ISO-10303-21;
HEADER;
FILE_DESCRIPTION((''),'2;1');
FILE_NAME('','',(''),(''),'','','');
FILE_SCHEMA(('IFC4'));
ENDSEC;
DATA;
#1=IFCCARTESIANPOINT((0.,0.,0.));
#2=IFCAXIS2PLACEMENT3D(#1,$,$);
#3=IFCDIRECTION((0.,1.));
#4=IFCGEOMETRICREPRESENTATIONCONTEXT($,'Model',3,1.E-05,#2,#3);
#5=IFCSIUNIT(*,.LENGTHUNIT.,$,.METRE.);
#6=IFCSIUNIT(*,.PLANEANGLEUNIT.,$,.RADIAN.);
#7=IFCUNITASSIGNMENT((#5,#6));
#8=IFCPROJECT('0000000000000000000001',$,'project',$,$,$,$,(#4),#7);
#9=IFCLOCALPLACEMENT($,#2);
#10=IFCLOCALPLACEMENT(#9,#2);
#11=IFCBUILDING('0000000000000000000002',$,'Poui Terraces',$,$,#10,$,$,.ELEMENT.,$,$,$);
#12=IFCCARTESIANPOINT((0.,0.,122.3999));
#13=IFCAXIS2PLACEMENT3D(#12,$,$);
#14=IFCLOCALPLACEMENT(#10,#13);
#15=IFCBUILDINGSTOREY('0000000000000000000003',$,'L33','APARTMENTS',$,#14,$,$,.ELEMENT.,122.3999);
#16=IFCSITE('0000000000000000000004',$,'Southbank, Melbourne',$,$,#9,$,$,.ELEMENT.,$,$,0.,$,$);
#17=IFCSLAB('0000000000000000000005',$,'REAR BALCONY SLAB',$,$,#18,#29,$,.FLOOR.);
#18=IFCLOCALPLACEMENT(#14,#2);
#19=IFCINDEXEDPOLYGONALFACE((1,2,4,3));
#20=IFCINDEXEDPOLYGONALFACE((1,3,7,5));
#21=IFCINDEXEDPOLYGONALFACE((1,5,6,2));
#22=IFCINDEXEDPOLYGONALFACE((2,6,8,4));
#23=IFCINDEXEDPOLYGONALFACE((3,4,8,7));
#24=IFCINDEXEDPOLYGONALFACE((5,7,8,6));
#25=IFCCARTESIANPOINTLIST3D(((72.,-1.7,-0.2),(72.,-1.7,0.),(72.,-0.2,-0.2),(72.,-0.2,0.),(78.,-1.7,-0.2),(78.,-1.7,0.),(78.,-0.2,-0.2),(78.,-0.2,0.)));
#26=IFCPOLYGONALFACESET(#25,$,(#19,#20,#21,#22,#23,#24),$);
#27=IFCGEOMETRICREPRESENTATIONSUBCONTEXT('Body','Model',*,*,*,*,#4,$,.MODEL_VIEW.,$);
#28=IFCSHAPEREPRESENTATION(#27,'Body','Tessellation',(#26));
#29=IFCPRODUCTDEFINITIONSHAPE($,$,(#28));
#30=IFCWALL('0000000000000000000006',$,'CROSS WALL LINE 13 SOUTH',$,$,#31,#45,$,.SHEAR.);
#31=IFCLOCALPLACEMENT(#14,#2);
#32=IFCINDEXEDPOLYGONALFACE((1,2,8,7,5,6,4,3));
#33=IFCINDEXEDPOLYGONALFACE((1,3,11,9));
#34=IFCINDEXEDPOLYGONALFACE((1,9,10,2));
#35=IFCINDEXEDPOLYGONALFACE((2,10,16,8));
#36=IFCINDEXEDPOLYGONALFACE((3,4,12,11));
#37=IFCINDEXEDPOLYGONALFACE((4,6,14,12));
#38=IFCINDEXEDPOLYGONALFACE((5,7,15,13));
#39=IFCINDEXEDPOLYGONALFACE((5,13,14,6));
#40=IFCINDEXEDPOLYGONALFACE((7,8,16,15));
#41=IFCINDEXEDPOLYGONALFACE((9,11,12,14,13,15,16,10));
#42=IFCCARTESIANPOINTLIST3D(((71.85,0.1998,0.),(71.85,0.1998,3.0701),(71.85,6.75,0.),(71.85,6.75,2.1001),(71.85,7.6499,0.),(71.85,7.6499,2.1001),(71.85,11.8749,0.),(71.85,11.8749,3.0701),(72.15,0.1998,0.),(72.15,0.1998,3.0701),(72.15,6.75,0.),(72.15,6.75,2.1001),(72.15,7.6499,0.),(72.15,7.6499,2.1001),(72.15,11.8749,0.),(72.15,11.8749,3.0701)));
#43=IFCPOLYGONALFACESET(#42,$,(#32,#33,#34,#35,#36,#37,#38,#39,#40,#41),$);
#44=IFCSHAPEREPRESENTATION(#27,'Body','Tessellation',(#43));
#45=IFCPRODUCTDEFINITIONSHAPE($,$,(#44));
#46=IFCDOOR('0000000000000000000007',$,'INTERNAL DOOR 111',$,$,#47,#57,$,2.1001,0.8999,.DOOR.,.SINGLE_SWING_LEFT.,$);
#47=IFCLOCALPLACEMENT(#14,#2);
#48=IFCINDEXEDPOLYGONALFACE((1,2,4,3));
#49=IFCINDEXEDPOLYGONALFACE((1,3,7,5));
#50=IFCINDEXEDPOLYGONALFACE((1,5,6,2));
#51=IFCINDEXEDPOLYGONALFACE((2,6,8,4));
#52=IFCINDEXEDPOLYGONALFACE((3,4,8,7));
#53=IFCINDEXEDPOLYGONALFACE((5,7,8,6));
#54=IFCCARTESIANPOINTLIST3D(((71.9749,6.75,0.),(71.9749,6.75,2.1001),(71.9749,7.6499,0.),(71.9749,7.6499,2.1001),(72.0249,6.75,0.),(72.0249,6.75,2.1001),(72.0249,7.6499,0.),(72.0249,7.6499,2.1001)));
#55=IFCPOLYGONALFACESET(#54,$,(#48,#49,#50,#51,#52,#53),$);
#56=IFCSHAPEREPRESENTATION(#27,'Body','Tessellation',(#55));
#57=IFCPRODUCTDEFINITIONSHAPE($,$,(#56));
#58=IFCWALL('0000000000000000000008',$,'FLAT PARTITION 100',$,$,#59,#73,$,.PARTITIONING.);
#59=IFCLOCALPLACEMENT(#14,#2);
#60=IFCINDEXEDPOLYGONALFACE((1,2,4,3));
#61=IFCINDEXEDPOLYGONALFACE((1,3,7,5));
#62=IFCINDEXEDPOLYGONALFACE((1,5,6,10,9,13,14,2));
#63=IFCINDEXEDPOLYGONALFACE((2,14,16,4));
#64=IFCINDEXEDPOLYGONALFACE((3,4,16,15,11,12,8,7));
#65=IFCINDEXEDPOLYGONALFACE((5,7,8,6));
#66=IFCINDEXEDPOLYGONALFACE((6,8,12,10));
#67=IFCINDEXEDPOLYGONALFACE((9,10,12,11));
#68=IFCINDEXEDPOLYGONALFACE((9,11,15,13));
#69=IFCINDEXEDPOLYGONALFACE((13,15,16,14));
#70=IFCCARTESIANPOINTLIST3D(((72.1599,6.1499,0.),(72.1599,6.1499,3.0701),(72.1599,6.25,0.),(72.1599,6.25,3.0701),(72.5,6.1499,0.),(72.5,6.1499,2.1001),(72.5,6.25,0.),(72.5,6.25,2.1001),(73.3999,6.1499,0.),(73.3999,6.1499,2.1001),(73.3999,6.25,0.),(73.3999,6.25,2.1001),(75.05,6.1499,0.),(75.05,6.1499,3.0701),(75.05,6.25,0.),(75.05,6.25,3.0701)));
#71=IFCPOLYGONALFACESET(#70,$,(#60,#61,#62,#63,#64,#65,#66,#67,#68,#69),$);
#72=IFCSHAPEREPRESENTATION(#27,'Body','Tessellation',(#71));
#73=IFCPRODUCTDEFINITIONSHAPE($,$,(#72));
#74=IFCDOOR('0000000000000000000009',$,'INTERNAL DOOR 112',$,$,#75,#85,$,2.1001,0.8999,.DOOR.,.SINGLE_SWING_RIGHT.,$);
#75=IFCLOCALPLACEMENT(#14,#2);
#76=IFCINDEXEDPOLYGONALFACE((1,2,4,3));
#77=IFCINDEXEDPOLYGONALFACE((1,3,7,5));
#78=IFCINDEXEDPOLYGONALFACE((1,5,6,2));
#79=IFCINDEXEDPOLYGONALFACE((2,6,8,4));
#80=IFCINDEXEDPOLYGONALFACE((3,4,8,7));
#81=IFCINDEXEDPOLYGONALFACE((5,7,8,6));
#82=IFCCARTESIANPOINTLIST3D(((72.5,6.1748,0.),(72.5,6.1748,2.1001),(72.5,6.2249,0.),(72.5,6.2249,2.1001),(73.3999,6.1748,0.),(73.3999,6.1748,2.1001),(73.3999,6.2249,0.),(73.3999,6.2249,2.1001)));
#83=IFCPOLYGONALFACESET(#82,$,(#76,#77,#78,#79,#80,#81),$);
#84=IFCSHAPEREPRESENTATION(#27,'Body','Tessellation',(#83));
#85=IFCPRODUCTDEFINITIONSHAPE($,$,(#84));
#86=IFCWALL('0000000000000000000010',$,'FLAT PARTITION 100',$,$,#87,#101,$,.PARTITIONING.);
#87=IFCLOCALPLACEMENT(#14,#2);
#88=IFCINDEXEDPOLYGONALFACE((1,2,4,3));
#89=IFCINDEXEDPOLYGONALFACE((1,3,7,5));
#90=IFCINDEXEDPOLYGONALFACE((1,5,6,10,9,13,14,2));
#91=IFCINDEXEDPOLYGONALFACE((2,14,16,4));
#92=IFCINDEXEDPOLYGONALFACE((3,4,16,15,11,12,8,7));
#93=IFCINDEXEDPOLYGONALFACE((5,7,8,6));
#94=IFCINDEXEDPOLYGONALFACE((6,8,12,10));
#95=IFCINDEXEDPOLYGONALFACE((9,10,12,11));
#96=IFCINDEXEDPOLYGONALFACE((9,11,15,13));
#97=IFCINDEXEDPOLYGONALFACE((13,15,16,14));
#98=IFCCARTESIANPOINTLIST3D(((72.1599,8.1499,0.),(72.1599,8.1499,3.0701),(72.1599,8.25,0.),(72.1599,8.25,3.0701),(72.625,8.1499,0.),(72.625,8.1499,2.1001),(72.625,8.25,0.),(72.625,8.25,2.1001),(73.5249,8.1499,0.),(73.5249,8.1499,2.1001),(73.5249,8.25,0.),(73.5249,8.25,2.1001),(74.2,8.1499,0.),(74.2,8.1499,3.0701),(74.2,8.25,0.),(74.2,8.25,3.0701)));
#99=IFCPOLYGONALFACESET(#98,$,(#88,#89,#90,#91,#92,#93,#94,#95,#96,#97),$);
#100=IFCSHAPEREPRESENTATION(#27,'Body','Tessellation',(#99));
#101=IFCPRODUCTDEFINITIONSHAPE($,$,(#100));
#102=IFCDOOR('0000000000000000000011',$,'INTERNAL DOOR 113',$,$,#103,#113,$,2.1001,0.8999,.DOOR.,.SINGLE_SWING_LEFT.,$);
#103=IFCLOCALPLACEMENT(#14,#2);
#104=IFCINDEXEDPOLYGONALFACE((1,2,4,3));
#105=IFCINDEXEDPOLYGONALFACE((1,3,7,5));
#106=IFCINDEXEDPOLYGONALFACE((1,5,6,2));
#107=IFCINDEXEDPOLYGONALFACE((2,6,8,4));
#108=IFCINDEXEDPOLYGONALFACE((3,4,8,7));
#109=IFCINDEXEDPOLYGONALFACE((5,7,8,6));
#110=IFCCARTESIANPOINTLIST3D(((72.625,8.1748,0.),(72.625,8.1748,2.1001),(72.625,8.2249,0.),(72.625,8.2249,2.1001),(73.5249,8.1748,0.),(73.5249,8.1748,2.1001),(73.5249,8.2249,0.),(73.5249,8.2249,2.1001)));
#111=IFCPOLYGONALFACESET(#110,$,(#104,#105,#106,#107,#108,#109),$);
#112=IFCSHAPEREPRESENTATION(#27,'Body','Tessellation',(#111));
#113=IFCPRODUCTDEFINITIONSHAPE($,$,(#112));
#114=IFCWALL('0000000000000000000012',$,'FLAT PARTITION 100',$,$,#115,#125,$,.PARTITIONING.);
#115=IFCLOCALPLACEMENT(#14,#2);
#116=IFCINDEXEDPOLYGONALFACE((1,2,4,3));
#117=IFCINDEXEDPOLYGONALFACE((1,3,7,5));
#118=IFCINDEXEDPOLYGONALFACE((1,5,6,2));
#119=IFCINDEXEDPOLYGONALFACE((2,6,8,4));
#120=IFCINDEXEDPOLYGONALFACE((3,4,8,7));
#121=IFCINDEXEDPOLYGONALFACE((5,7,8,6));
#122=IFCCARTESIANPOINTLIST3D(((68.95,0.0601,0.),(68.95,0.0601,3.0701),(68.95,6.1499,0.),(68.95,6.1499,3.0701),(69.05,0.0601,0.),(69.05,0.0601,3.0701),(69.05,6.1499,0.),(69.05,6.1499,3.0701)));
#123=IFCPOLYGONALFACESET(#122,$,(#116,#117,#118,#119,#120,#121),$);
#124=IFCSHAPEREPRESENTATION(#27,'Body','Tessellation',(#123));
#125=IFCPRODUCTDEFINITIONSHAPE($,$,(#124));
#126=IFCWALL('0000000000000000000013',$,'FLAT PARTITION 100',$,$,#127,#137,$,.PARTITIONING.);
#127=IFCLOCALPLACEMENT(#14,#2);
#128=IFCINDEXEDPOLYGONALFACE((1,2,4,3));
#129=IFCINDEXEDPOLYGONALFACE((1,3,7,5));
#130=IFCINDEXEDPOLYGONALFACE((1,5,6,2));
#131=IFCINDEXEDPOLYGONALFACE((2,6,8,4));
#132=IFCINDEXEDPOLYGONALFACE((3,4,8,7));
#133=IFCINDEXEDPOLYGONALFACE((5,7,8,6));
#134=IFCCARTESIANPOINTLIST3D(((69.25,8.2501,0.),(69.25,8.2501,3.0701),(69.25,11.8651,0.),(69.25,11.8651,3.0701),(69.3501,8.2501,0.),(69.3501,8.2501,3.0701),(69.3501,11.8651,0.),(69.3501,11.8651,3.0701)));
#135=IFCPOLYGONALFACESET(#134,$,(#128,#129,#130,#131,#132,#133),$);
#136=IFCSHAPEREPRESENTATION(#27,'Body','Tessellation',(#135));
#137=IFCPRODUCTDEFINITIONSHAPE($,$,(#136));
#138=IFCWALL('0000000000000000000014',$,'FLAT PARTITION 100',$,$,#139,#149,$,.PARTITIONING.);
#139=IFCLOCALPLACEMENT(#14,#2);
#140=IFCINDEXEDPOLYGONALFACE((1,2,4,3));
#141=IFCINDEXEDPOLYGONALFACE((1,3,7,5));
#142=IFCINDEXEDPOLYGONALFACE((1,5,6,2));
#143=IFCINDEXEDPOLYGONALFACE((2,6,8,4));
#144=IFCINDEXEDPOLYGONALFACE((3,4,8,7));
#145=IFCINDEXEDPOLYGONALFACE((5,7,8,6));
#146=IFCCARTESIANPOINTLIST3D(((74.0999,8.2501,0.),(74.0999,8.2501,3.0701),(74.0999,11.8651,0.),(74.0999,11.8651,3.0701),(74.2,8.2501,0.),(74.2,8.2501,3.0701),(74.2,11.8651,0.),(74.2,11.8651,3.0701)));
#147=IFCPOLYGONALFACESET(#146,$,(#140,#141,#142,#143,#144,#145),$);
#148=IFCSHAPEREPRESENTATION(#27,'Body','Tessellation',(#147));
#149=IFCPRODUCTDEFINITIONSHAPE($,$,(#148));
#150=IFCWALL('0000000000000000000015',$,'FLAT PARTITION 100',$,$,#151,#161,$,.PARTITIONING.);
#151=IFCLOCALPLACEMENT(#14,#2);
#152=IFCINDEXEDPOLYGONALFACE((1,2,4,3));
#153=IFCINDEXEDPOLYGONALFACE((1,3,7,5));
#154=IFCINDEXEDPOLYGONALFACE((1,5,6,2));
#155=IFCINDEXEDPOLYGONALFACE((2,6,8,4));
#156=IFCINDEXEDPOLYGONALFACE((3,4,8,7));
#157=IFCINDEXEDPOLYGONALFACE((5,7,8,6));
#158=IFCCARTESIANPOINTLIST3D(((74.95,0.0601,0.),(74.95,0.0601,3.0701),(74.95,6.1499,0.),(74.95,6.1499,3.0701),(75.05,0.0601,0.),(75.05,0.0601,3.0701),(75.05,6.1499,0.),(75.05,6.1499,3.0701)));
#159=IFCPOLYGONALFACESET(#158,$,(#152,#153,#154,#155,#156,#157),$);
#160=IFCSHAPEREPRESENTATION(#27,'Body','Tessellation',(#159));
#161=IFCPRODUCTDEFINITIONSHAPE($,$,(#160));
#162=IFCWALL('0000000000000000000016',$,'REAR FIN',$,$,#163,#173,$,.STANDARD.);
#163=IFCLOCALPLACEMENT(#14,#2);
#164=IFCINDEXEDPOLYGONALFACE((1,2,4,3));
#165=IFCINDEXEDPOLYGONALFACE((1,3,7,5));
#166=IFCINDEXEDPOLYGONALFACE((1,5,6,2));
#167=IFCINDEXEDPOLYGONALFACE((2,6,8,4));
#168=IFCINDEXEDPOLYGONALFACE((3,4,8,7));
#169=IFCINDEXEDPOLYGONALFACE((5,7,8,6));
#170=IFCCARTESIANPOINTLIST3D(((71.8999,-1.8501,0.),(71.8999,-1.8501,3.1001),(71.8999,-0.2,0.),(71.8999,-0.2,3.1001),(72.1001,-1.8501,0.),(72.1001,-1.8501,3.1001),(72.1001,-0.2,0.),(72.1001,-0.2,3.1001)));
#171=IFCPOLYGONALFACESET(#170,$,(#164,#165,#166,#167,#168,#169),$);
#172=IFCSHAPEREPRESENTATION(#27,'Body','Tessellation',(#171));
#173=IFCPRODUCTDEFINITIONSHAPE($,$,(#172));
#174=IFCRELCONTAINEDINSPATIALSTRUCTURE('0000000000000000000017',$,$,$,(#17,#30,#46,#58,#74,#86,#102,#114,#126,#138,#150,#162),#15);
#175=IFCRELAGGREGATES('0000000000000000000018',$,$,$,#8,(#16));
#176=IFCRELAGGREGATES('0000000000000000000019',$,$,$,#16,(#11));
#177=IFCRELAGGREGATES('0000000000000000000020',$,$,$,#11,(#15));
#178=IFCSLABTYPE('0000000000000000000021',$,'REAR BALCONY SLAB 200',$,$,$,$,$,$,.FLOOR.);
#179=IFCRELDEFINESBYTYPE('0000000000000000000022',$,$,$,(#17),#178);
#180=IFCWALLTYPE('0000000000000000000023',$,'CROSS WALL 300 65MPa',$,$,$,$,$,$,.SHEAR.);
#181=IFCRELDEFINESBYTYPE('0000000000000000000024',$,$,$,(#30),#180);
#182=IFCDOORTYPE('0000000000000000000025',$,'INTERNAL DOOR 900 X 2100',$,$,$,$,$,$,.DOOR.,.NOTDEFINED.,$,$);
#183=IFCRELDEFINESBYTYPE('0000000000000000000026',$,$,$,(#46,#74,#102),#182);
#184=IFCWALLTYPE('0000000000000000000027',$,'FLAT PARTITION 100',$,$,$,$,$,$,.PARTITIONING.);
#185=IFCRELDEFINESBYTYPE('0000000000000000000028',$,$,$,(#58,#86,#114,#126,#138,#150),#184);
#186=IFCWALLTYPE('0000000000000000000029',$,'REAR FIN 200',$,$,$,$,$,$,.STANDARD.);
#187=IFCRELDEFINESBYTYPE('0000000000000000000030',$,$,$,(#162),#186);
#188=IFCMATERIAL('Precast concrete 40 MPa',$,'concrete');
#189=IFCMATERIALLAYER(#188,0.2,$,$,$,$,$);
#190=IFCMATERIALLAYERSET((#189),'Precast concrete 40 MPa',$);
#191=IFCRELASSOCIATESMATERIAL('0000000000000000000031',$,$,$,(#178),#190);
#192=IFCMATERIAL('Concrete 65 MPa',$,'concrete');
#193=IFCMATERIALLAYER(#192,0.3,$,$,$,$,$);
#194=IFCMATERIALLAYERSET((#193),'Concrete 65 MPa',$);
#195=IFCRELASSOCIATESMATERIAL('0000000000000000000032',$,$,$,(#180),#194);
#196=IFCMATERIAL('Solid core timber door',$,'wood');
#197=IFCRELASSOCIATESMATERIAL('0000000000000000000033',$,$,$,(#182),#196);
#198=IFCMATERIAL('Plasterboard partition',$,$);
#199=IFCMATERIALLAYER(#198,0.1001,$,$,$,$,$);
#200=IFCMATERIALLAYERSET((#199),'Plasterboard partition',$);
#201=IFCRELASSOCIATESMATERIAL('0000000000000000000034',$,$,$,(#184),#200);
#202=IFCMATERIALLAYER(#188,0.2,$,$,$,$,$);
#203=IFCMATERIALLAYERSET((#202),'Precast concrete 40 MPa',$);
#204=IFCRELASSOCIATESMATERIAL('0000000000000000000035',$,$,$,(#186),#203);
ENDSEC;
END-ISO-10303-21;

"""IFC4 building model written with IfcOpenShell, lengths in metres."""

from ifc_helpers import new_model, si_unit, direction, frame, frame_2d, origin, place, context, subcontext, project, spatial, polyline, rectangle, outline, extrude, source, transform, mapped, material, layer, layer_set, type_object, element, fill, save


model = new_model("IFC4")

# Units and contexts
model_context = context("Model", 3, precision=1e-05, world=origin(), true_north=direction((0.0, 1.0)))
body_context = subcontext(model_context, "Body", "Model", "MODEL_VIEW")
ifc_project = project(units=[si_unit("LENGTHUNIT", "METRE"), si_unit("PLANEANGLEUNIT", "RADIAN")], contexts=[model_context])

# Site, building, storey
site_placement = place(None, origin())
site = spatial("IfcSite", under=ifc_project, at=site_placement, Name="Southbank, Melbourne", CompositionType="ELEMENT", RefElevation=0.0)
building_placement = place(site_placement, origin())
building = spatial("IfcBuilding", under=site, at=building_placement, Name="Poui Terraces", CompositionType="ELEMENT")
storey_placement = place(building_placement, frame((0.0, 0.0, 122.3999)))
storey = spatial("IfcBuildingStorey", under=building, at=storey_placement, Name="L33", Description="APARTMENTS", CompositionType="ELEMENT", Elevation=122.3999)

# Slab
ifc_material_1 = material(Name="Precast concrete 40 MPa", Category="concrete")
ifc_layer_1 = layer(ifc_material_1, 0.2)
ifc_layer_set_1 = layer_set([ifc_layer_1], Name="Precast concrete 40 MPa")
slab_type = type_object("IfcSlabType", Name="REAR BALCONY SLAB 200", PredefinedType="FLOOR", material=ifc_layer_set_1)
shared_shape_1 = source(origin(), body_context, "Body", "SweptSolid", [
    extrude(outline(polyline([(0.0, 0.0), (6.0, 0.0), (6.0, 1.5), (0.0, 1.5), (0.0, 0.0)])), origin(), (0.0, 0.0, 1.0), 0.2),
])
slab_placement = place(storey_placement, frame((72.0, -1.7, -0.2)))
element("IfcSlab", 1, at=slab_placement, inside=storey, type_object=slab_type, Name="REAR BALCONY SLAB", PredefinedType="FLOOR", context=body_context, shape_type="MappedRepresentation", body=[
    mapped(shared_shape_1, transform((0.0, 0.0, 0.0))),
])

# Walls, openings, doors
ifc_material_2 = material(Name="Concrete 65 MPa", Category="concrete")
ifc_layer_2 = layer(ifc_material_2, 0.3)
ifc_layer_set_2 = layer_set([ifc_layer_2], Name="Concrete 65 MPa")
wall_type_1 = type_object("IfcWallType", Name="CROSS WALL 300 65MPa", PredefinedType="SHEAR", material=ifc_layer_set_2)
wall_1_placement = place(storey_placement, frame((72.0, 0.2, 0.0), z_axis=(0.0, 0.0, 1.0), x_axis=(0.0, 1.0, 0.0)))
wall_1 = element("IfcWall", 2, at=wall_1_placement, inside=storey, type_object=wall_type_1, Name="CROSS WALL LINE 13 SOUTH", PredefinedType="SHEAR", context=body_context, shape_type="SweptSolid", body=[
    extrude(rectangle(XDim=11.675, YDim=0.3, at=frame_2d((5.8374, 0.0))), origin(), (0.0, 0.0, 1.0), 3.0701),
])
opening_1_placement = place(wall_1_placement, frame((6.55, 0.0, 0.0)))
opening_1 = element("IfcOpeningElement", 3, at=opening_1_placement, cuts=wall_1, PredefinedType="OPENING", context=body_context, shape_type="SweptSolid", body=[
    extrude(rectangle(XDim=0.8999, YDim=2.1001, at=frame_2d((0.45, 1.05))), frame((0.0, 0.1602, 0.0), z_axis=(0.0, -1.0, 0.0), x_axis=(1.0, 0.0, 0.0)), (0.0, 0.0, 1.0), 0.3201),
])
ifc_material_3 = material(Name="Solid core timber door", Category="wood")
door_type = type_object("IfcDoorType", Name="INTERNAL DOOR 900 X 2100", OperationType="NOTDEFINED", PredefinedType="DOOR", material=ifc_material_3)
door_1_placement = place(opening_1_placement, frame((0.8999, 0.0, 0.0), z_axis=(0.0, 0.0, 1.0), x_axis=(-1.0, 0.0, 0.0)))
door_1 = element("IfcDoor", 4, at=door_1_placement, inside=storey, type_object=door_type, Name="INTERNAL DOOR 111", OperationType="SINGLE_SWING_LEFT", OverallHeight=2.1001, OverallWidth=0.8999, PredefinedType="DOOR", context=body_context, shape_type="SweptSolid", body=[
    extrude(rectangle(XDim=0.8999, YDim=2.1001, at=frame_2d((0.45, 1.05))), frame((0.0, 0.0249, 0.0), z_axis=(0.0, -1.0, 0.0), x_axis=(1.0, 0.0, 0.0)), (0.0, 0.0, 1.0), 0.05),
])
fill(opening_1, door_1)
ifc_material_4 = material(Name="Plasterboard partition")
ifc_layer_3 = layer(ifc_material_4, 0.1001)
ifc_layer_set_3 = layer_set([ifc_layer_3], Name="Plasterboard partition")
wall_type_2 = type_object("IfcWallType", Name="FLAT PARTITION 100", PredefinedType="PARTITIONING", material=ifc_layer_set_3)
wall_2_placement = place(storey_placement, frame((72.1599, 6.2, 0.0), z_axis=(0.0, 0.0, 1.0), x_axis=(1.0, 0.0, 0.0)))
wall_2 = element("IfcWall", 5, at=wall_2_placement, inside=storey, type_object=wall_type_2, Name="FLAT PARTITION 100", PredefinedType="PARTITIONING", context=body_context, shape_type="SweptSolid", body=[
    extrude(rectangle(XDim=2.8901, YDim=0.1001, at=frame_2d((1.4451, 0.0))), origin(), (0.0, 0.0, 1.0), 3.0701),
])
opening_2_placement = place(wall_2_placement, frame((0.3401, 0.0, 0.0)))
opening_2 = element("IfcOpeningElement", 6, at=opening_2_placement, cuts=wall_2, PredefinedType="OPENING", context=body_context, shape_type="SweptSolid", body=[
    extrude(rectangle(XDim=0.8999, YDim=2.1001, at=frame_2d((0.45, 1.05))), frame((0.0, 0.0601, 0.0), z_axis=(0.0, -1.0, 0.0), x_axis=(1.0, 0.0, 0.0)), (0.0, 0.0, 1.0), 0.1201),
])
door_2_placement = place(opening_2_placement, origin())
door_2 = element("IfcDoor", 7, at=door_2_placement, inside=storey, type_object=door_type, Name="INTERNAL DOOR 112", OperationType="SINGLE_SWING_RIGHT", OverallHeight=2.1001, OverallWidth=0.8999, PredefinedType="DOOR", context=body_context, shape_type="SweptSolid", body=[
    extrude(rectangle(XDim=0.8999, YDim=2.1001, at=frame_2d((0.45, 1.05))), frame((0.0, 0.0249, 0.0), z_axis=(0.0, -1.0, 0.0), x_axis=(1.0, 0.0, 0.0)), (0.0, 0.0, 1.0), 0.05),
])
fill(opening_2, door_2)
wall_3_placement = place(storey_placement, frame((72.1599, 8.2, 0.0), z_axis=(0.0, 0.0, 1.0), x_axis=(1.0, 0.0, 0.0)))
wall_3 = element("IfcWall", 8, at=wall_3_placement, inside=storey, type_object=wall_type_2, Name="FLAT PARTITION 100", PredefinedType="PARTITIONING", context=body_context, shape_type="SweptSolid", body=[
    extrude(rectangle(XDim=2.04, YDim=0.1001, at=frame_2d((1.02, 0.0))), origin(), (0.0, 0.0, 1.0), 3.0701),
])
opening_3_placement = place(wall_3_placement, frame((0.4651, 0.0, 0.0)))
opening_3 = element("IfcOpeningElement", 9, at=opening_3_placement, cuts=wall_3, PredefinedType="OPENING", context=body_context, shape_type="SweptSolid", body=[
    extrude(rectangle(XDim=0.8999, YDim=2.1001, at=frame_2d((0.45, 1.05))), frame((0.0, 0.0601, 0.0), z_axis=(0.0, -1.0, 0.0), x_axis=(1.0, 0.0, 0.0)), (0.0, 0.0, 1.0), 0.1201),
])
door_3_placement = place(opening_3_placement, origin())
door_3 = element("IfcDoor", 10, at=door_3_placement, inside=storey, type_object=door_type, Name="INTERNAL DOOR 113", OperationType="SINGLE_SWING_LEFT", OverallHeight=2.1001, OverallWidth=0.8999, PredefinedType="DOOR", context=body_context, shape_type="SweptSolid", body=[
    extrude(rectangle(XDim=0.8999, YDim=2.1001, at=frame_2d((0.45, 1.05))), frame((0.0, 0.0249, 0.0), z_axis=(0.0, -1.0, 0.0), x_axis=(1.0, 0.0, 0.0)), (0.0, 0.0, 1.0), 0.05),
])
fill(opening_3, door_3)

# Walls
wall_4_placement = place(storey_placement, frame((69.0, 0.0601, 0.0), z_axis=(0.0, 0.0, 1.0), x_axis=(0.0, 1.0, 0.0)))
element("IfcWall", 11, at=wall_4_placement, inside=storey, type_object=wall_type_2, Name="FLAT PARTITION 100", PredefinedType="PARTITIONING", context=body_context, shape_type="SweptSolid", body=[
    extrude(rectangle(XDim=6.0898, YDim=0.1001, at=frame_2d((3.0449, 0.0))), origin(), (0.0, 0.0, 1.0), 3.0701),
])
for number, where, z_axis, x_axis, name in (
    (12, (69.3, 8.25, 0.0), (0.0, 0.0, 1.0), (0.0, 1.0, 0.0), "FLAT PARTITION 100"),
    (13, (74.1499, 8.25, 0.0), (0.0, 0.0, 1.0), (0.0, 1.0, 0.0), "FLAT PARTITION 100"),
):
    element("IfcWall", number, at=place(storey_placement, frame(where, z_axis=z_axis, x_axis=x_axis)), inside=storey, type_object=wall_type_2, Name=name, PredefinedType="PARTITIONING", context=body_context, shape_type="SweptSolid", body=[
        extrude(rectangle(XDim=3.615, YDim=0.1001, at=frame_2d((1.8076, 0.0))), origin(), (0.0, 0.0, 1.0), 3.0701),
    ])
wall_5_placement = place(storey_placement, frame((75.0, 0.0601, 0.0), z_axis=(0.0, 0.0, 1.0), x_axis=(0.0, 1.0, 0.0)))
element("IfcWall", 14, at=wall_5_placement, inside=storey, type_object=wall_type_2, Name="FLAT PARTITION 100", PredefinedType="PARTITIONING", context=body_context, shape_type="SweptSolid", body=[
    extrude(rectangle(XDim=6.0898, YDim=0.1001, at=frame_2d((3.0449, 0.0))), origin(), (0.0, 0.0, 1.0), 3.0701),
])
ifc_layer_4 = layer(ifc_material_1, 0.2)
ifc_layer_set_4 = layer_set([ifc_layer_4], Name="Precast concrete 40 MPa")
wall_type_3 = type_object("IfcWallType", Name="REAR FIN 200", PredefinedType="STANDARD", material=ifc_layer_set_4)
shared_shape_2 = source(origin(), body_context, "Body", "SweptSolid", [
    extrude(outline(polyline([(0.0, 0.0), (0.2002, 0.0), (0.2002, 1.6501), (0.0, 1.6501), (0.0, 0.0)])), origin(), (0.0, 0.0, 1.0), 3.1001),
])
wall_6_placement = place(storey_placement, frame((71.8999, -1.8501, 0.0)))
element("IfcWall", 15, at=wall_6_placement, inside=storey, type_object=wall_type_3, Name="REAR FIN", PredefinedType="STANDARD", context=body_context, shape_type="MappedRepresentation", body=[
    mapped(shared_shape_2, transform((0.0, 0.0, 0.0))),
])

save(model, "model.ifc")
